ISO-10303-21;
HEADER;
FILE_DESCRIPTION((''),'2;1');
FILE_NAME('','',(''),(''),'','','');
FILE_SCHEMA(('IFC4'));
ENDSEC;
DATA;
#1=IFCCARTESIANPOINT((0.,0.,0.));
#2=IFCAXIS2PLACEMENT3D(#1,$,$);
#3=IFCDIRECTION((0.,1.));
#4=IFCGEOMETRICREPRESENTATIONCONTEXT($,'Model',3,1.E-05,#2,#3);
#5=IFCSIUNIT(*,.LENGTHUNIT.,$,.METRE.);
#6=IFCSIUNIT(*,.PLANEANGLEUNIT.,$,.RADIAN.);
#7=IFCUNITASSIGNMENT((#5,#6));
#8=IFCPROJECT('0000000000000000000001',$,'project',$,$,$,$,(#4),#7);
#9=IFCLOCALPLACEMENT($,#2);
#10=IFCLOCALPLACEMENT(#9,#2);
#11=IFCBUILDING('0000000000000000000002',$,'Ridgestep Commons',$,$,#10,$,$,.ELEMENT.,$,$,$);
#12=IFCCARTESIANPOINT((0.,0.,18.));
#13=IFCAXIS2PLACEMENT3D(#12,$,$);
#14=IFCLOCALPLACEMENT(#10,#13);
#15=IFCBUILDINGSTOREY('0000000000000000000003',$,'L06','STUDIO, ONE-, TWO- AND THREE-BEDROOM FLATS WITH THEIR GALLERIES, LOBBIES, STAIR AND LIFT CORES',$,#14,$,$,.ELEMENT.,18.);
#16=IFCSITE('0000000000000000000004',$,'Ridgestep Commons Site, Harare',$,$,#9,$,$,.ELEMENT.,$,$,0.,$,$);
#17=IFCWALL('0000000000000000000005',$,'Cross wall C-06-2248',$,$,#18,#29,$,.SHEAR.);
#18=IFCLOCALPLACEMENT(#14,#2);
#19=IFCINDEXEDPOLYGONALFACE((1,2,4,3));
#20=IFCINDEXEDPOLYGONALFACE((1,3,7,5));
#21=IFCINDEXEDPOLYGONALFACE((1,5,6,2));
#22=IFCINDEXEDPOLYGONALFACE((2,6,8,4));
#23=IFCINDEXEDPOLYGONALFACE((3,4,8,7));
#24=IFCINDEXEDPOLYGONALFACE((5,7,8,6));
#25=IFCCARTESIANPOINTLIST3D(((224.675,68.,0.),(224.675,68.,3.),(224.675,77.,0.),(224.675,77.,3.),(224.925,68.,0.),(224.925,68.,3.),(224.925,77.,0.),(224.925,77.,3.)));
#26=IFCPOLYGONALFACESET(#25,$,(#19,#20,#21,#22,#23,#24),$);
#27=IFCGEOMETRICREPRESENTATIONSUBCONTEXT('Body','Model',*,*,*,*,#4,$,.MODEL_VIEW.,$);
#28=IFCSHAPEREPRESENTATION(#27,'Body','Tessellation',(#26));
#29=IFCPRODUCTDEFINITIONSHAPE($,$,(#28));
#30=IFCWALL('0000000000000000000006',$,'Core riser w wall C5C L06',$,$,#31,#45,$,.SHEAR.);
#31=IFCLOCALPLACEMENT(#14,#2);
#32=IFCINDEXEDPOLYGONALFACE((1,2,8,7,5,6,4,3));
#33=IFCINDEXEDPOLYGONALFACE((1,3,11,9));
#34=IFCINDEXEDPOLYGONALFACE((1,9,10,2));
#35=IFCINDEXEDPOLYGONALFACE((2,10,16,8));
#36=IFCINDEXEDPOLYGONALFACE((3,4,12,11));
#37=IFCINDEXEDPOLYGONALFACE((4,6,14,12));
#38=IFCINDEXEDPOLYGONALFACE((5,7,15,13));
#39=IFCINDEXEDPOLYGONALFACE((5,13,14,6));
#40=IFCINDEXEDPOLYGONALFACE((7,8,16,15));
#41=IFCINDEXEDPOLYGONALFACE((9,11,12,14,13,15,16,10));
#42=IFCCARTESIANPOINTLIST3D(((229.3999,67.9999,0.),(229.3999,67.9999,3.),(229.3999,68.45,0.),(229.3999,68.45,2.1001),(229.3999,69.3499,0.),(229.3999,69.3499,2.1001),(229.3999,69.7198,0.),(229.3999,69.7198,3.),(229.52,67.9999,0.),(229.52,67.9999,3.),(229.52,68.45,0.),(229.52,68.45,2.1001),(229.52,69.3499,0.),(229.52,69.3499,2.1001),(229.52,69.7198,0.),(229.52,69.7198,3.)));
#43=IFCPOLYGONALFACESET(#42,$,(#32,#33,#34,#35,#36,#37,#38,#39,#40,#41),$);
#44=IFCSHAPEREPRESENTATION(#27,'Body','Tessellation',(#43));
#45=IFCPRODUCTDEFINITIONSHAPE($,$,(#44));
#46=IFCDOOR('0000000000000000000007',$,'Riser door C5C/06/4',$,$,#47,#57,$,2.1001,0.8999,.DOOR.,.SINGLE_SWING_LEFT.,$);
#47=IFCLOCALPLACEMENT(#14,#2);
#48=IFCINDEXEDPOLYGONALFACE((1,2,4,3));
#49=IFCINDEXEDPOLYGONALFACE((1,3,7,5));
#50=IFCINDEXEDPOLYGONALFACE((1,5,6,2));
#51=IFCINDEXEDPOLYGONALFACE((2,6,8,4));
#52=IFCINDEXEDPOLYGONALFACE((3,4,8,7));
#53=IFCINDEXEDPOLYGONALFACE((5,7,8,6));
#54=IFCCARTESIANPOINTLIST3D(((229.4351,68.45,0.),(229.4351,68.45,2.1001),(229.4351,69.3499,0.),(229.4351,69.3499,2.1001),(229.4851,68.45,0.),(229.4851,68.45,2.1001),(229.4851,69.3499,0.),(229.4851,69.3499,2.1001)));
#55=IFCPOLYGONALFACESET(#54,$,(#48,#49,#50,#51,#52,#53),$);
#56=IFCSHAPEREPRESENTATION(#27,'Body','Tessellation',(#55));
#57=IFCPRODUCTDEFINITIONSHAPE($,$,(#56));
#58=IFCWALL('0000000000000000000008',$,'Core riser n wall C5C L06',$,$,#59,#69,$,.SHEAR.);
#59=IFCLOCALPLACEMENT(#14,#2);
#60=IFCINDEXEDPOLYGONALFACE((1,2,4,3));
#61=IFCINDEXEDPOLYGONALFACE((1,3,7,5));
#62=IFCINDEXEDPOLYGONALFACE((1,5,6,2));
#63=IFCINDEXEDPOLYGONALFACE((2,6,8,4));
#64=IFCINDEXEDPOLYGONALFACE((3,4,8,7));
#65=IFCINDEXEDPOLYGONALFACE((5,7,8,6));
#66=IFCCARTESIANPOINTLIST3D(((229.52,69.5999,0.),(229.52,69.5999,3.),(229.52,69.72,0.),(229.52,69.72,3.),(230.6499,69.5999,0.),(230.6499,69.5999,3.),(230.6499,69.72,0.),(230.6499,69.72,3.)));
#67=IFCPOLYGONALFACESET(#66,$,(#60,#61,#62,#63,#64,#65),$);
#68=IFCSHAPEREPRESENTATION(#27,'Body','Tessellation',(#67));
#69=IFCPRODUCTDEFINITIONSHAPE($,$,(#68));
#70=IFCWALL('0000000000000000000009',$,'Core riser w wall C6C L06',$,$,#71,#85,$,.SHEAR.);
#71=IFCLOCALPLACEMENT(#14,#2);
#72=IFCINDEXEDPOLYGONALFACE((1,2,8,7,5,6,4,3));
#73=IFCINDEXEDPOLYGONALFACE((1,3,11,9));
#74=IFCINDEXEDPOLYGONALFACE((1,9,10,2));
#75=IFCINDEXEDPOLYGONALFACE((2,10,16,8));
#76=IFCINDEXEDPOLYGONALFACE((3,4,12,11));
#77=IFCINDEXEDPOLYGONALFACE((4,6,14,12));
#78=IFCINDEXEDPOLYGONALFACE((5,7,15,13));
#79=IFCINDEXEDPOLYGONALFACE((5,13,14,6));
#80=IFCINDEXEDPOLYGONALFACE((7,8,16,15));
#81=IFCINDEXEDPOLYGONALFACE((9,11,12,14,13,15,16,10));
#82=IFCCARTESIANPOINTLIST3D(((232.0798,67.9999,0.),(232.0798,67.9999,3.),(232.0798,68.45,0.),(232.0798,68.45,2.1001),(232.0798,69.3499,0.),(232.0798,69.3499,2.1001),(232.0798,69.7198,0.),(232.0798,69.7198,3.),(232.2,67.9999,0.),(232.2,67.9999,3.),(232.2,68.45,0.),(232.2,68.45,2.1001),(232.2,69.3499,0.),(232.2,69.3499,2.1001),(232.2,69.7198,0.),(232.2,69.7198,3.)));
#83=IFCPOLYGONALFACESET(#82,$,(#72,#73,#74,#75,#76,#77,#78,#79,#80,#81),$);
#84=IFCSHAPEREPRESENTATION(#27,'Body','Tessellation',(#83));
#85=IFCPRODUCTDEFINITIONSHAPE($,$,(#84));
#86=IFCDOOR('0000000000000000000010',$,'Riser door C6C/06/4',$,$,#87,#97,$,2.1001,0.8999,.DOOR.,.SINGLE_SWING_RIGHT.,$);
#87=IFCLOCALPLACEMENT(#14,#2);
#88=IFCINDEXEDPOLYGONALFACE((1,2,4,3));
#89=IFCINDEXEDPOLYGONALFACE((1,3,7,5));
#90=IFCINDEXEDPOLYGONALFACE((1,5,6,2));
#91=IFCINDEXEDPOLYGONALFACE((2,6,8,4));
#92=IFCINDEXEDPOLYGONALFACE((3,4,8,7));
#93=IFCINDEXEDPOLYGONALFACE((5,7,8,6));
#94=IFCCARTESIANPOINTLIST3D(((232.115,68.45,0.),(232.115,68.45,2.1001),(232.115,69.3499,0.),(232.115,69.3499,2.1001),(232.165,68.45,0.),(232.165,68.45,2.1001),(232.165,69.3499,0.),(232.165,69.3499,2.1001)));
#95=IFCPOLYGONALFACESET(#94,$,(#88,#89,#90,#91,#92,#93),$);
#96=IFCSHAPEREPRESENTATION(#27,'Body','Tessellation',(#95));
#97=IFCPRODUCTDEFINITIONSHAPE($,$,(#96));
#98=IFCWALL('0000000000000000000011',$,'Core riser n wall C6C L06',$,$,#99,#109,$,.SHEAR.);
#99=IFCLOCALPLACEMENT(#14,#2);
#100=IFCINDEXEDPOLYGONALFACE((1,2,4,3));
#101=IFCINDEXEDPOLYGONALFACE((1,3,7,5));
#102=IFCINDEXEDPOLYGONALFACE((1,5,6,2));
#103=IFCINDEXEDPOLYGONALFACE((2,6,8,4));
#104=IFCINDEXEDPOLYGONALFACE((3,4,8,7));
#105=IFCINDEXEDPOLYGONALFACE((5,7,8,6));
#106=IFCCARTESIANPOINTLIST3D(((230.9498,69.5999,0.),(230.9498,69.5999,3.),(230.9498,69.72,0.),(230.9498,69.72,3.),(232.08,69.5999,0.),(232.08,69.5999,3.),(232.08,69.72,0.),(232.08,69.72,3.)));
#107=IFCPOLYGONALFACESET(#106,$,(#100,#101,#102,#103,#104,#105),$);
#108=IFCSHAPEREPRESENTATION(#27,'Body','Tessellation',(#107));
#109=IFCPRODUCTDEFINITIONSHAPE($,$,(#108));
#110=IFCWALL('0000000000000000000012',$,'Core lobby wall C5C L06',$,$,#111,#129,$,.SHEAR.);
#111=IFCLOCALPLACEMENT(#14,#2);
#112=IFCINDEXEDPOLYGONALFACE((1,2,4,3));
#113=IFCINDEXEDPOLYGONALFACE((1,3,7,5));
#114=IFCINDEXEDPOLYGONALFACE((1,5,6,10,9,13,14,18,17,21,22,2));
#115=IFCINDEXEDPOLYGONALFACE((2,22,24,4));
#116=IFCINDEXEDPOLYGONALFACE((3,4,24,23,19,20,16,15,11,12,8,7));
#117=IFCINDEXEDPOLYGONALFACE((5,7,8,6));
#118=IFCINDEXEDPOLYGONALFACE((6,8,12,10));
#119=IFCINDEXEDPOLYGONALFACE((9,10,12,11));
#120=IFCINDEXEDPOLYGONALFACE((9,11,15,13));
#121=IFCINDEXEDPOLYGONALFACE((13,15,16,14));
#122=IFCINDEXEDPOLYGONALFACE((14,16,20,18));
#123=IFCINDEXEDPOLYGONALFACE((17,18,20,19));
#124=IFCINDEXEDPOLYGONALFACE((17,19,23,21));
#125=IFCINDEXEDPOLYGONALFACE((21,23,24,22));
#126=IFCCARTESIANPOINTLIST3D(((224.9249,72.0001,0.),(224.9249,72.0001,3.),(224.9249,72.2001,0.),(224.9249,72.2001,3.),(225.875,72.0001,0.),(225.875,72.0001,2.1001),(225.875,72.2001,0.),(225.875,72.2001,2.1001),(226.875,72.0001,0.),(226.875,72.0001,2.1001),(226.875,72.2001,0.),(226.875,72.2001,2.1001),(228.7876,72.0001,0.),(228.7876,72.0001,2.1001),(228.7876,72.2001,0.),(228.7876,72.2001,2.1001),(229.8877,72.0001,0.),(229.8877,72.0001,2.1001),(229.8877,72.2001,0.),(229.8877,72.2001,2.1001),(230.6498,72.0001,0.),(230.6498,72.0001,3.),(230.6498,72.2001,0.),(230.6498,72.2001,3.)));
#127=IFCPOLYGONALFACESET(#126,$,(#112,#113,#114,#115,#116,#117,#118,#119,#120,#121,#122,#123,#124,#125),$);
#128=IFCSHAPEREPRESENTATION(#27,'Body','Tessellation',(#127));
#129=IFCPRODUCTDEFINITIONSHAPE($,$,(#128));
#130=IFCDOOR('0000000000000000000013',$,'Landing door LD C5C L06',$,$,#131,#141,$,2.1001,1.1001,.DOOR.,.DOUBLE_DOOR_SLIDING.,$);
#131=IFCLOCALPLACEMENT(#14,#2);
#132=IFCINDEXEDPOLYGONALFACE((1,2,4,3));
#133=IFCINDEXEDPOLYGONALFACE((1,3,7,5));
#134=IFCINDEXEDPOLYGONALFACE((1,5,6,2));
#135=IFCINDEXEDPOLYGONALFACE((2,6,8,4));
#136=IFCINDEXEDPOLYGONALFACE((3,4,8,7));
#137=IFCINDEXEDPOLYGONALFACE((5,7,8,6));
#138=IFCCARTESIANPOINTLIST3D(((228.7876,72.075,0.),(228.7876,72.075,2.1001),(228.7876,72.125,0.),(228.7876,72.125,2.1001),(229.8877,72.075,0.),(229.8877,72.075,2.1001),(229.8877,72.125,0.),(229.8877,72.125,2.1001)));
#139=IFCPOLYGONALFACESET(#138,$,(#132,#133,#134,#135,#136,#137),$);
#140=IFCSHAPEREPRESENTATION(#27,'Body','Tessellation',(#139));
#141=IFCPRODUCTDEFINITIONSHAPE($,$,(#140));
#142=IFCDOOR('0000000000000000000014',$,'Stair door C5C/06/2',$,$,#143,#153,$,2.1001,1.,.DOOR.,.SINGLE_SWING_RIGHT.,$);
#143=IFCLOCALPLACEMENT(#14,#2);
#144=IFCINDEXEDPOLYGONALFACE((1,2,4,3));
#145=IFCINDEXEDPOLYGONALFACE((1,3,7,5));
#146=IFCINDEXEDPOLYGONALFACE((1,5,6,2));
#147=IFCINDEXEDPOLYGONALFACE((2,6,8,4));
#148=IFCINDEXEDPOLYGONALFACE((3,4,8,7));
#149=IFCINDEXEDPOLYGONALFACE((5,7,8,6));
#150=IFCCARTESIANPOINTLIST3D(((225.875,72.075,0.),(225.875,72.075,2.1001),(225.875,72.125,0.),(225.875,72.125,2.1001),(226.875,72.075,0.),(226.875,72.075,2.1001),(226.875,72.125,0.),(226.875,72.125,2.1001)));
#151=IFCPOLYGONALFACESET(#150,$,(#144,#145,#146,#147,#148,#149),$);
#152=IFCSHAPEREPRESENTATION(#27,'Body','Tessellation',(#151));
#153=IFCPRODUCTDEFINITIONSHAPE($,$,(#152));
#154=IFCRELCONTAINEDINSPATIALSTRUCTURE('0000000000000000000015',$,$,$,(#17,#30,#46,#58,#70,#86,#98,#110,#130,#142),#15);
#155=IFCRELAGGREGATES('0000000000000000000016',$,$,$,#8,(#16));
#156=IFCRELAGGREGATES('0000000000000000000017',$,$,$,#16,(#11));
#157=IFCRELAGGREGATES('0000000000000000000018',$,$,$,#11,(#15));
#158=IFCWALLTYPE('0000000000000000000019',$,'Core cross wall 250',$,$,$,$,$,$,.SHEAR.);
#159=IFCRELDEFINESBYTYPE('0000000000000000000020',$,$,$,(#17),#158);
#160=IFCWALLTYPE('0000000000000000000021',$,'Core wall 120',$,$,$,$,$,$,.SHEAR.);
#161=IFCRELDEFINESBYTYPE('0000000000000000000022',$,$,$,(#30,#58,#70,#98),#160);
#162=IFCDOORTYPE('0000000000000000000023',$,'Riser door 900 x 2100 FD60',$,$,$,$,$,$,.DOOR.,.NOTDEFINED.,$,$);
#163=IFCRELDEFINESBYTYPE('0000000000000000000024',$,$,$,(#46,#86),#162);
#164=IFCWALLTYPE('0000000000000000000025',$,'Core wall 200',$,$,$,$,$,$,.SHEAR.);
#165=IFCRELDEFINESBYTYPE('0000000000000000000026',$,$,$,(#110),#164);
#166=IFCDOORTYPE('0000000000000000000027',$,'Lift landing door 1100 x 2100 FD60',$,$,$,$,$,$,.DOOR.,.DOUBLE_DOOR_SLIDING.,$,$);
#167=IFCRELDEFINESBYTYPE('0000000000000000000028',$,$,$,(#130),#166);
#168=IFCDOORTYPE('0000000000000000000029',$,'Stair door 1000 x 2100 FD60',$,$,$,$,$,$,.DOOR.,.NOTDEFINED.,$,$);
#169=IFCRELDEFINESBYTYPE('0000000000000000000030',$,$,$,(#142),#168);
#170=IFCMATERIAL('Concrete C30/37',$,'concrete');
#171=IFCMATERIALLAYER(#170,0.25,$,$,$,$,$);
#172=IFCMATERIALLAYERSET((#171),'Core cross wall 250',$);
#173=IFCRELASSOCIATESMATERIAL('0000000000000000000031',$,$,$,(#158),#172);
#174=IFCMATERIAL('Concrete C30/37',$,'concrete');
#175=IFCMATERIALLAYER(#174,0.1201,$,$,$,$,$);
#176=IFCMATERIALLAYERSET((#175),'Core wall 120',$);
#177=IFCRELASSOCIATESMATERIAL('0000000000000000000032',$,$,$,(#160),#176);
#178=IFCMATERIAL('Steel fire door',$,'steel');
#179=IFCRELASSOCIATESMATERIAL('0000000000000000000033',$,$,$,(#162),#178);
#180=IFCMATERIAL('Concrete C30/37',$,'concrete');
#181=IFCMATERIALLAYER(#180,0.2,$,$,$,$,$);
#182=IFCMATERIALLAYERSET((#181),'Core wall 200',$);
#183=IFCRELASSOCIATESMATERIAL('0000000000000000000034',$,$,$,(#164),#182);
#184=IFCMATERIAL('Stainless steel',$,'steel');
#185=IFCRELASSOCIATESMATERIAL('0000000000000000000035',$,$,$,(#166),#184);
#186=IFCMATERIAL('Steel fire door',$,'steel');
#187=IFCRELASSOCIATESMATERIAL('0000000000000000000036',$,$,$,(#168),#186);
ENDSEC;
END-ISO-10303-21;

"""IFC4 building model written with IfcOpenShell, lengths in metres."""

from ifc_helpers import new_model, si_unit, direction, frame, frame_2d, origin, place, context, subcontext, project, spatial, rectangle, extrude, material, layer, layer_set, type_object, element, fill, save


model = new_model("IFC4")

# Units and contexts
model_context = context("Model", 3, precision=1e-05, world=origin(), true_north=direction((0.0, 1.0)))
body_context = subcontext(model_context, "Body", "Model", "MODEL_VIEW")
ifc_project = project(units=[si_unit("LENGTHUNIT", "METRE"), si_unit("PLANEANGLEUNIT", "RADIAN")], contexts=[model_context])

# Site, building, storey
site_placement = place(None, origin())
site = spatial("IfcSite", under=ifc_project, at=site_placement, Name="Ridgestep Commons Site, Harare", CompositionType="ELEMENT", RefElevation=0.0)
building_placement = place(site_placement, origin())
building = spatial("IfcBuilding", under=site, at=building_placement, Name="Ridgestep Commons", CompositionType="ELEMENT")
storey_placement = place(building_placement, frame((0.0, 0.0, 18.0)))
storey = spatial("IfcBuildingStorey", under=building, at=storey_placement, Name="L06", Description="STUDIO, ONE-, TWO- AND THREE-BEDROOM FLATS WITH THEIR GALLERIES, LOBBIES, STAIR AND LIFT CORES", CompositionType="ELEMENT", Elevation=18.0)

# Wall
ifc_material_1 = material(Name="Concrete C30/37", Category="concrete")
ifc_layer_1 = layer(ifc_material_1, 0.25)
ifc_layer_set_1 = layer_set([ifc_layer_1], Name="Core cross wall 250")
wall_type_1 = type_object("IfcWallType", Name="Core cross wall 250", PredefinedType="SHEAR", material=ifc_layer_set_1)
wall_1_placement = place(storey_placement, frame((224.8, 68.0, 0.0), z_axis=(0.0, 0.0, 1.0), x_axis=(0.0, 1.0, 0.0)))
element("IfcWall", 1, at=wall_1_placement, inside=storey, type_object=wall_type_1, Name="Cross wall C-06-2248", PredefinedType="SHEAR", context=body_context, shape_type="SweptSolid", body=[
    extrude(rectangle(XDim=9.0, YDim=0.25, at=frame_2d((4.5, 0.0))), origin(), (0.0, 0.0, 1.0), 3.0),
])

# Wall, opening, door
ifc_material_2 = material(Name="Concrete C30/37", Category="concrete")
ifc_layer_2 = layer(ifc_material_2, 0.1201)
ifc_layer_set_2 = layer_set([ifc_layer_2], Name="Core wall 120")
wall_type_2 = type_object("IfcWallType", Name="Core wall 120", PredefinedType="SHEAR", material=ifc_layer_set_2)
wall_2_placement = place(storey_placement, frame((229.46, 68.0, 0.0), z_axis=(0.0, 0.0, 1.0), x_axis=(0.0, 1.0, 0.0)))
wall_2 = element("IfcWall", 2, at=wall_2_placement, inside=storey, type_object=wall_type_2, Name="Core riser w wall C5C L06", PredefinedType="SHEAR", context=body_context, shape_type="SweptSolid", body=[
    extrude(rectangle(XDim=1.72, YDim=0.1201, at=frame_2d((0.8599, 0.0))), origin(), (0.0, 0.0, 1.0), 3.0),
])
opening_1_placement = place(wall_2_placement, frame((0.45, 0.0, 0.0)))
opening_1 = element("IfcOpeningElement", 3, at=opening_1_placement, cuts=wall_2, PredefinedType="OPENING", context=body_context, shape_type="SweptSolid", body=[
    extrude(rectangle(XDim=0.8999, YDim=2.1001, at=frame_2d((0.45, 1.05))), frame((0.0, 0.0701, 0.0), z_axis=(0.0, -1.0, 0.0), x_axis=(1.0, 0.0, 0.0)), (0.0, 0.0, 1.0), 0.1401),
])
ifc_material_3 = material(Name="Steel fire door", Category="steel")
door_type_1 = type_object("IfcDoorType", Name="Riser door 900 x 2100 FD60", OperationType="NOTDEFINED", PredefinedType="DOOR", material=ifc_material_3)
door_1_placement = place(opening_1_placement, origin())
door_1 = element("IfcDoor", 4, at=door_1_placement, inside=storey, type_object=door_type_1, Name="Riser door C5C/06/4", OperationType="SINGLE_SWING_LEFT", OverallHeight=2.1001, OverallWidth=0.8999, PredefinedType="DOOR", context=body_context, shape_type="SweptSolid", body=[
    extrude(rectangle(XDim=0.8999, YDim=2.1001, at=frame_2d((0.45, 1.05))), frame((0.0, 0.0249, 0.0), z_axis=(0.0, -1.0, 0.0), x_axis=(1.0, 0.0, 0.0)), (0.0, 0.0, 1.0), 0.05),
])
fill(opening_1, door_1)

# Wall
wall_3_placement = place(storey_placement, frame((229.52, 69.6599, 0.0), z_axis=(0.0, 0.0, 1.0), x_axis=(1.0, 0.0, 0.0)))
element("IfcWall", 5, at=wall_3_placement, inside=storey, type_object=wall_type_2, Name="Core riser n wall C5C L06", PredefinedType="SHEAR", context=body_context, shape_type="SweptSolid", body=[
    extrude(rectangle(XDim=1.1299, YDim=0.1201, at=frame_2d((0.5649, 0.0))), origin(), (0.0, 0.0, 1.0), 3.0),
])

# Wall, opening, door
wall_4_placement = place(storey_placement, frame((232.1399, 68.0, 0.0), z_axis=(0.0, 0.0, 1.0), x_axis=(0.0, 1.0, 0.0)))
wall_4 = element("IfcWall", 6, at=wall_4_placement, inside=storey, type_object=wall_type_2, Name="Core riser w wall C6C L06", PredefinedType="SHEAR", context=body_context, shape_type="SweptSolid", body=[
    extrude(rectangle(XDim=1.72, YDim=0.1201, at=frame_2d((0.8599, 0.0))), origin(), (0.0, 0.0, 1.0), 3.0),
])
opening_2_placement = place(wall_4_placement, frame((0.45, 0.0, 0.0)))
opening_2 = element("IfcOpeningElement", 7, at=opening_2_placement, cuts=wall_4, PredefinedType="OPENING", context=body_context, shape_type="SweptSolid", body=[
    extrude(rectangle(XDim=0.8999, YDim=2.1001, at=frame_2d((0.45, 1.05))), frame((0.0, 0.0701, 0.0), z_axis=(0.0, -1.0, 0.0), x_axis=(1.0, 0.0, 0.0)), (0.0, 0.0, 1.0), 0.1401),
])
door_2_placement = place(opening_2_placement, origin())
door_2 = element("IfcDoor", 8, at=door_2_placement, inside=storey, type_object=door_type_1, Name="Riser door C6C/06/4", OperationType="SINGLE_SWING_RIGHT", OverallHeight=2.1001, OverallWidth=0.8999, PredefinedType="DOOR", context=body_context, shape_type="SweptSolid", body=[
    extrude(rectangle(XDim=0.8999, YDim=2.1001, at=frame_2d((0.45, 1.05))), frame((0.0, 0.0249, 0.0), z_axis=(0.0, -1.0, 0.0), x_axis=(1.0, 0.0, 0.0)), (0.0, 0.0, 1.0), 0.05),
])
fill(opening_2, door_2)

# Wall
wall_5_placement = place(storey_placement, frame((230.95, 69.6599, 0.0), z_axis=(0.0, 0.0, 1.0), x_axis=(1.0, 0.0, 0.0)))
element("IfcWall", 9, at=wall_5_placement, inside=storey, type_object=wall_type_2, Name="Core riser n wall C6C L06", PredefinedType="SHEAR", context=body_context, shape_type="SweptSolid", body=[
    extrude(rectangle(XDim=1.1301, YDim=0.1201, at=frame_2d((0.5649, 0.0))), origin(), (0.0, 0.0, 1.0), 3.0),
])

# Wall, openings, doors
ifc_material_4 = material(Name="Concrete C30/37", Category="concrete")
ifc_layer_3 = layer(ifc_material_4, 0.2)
ifc_layer_set_3 = layer_set([ifc_layer_3], Name="Core wall 200")
wall_type_3 = type_object("IfcWallType", Name="Core wall 200", PredefinedType="SHEAR", material=ifc_layer_set_3)
wall_6_placement = place(storey_placement, frame((224.925, 72.1001, 0.0), z_axis=(0.0, 0.0, 1.0), x_axis=(1.0, 0.0, 0.0)))
wall_6 = element("IfcWall", 10, at=wall_6_placement, inside=storey, type_object=wall_type_3, Name="Core lobby wall C5C L06", PredefinedType="SHEAR", context=body_context, shape_type="SweptSolid", body=[
    extrude(rectangle(XDim=5.7249, YDim=0.2, at=frame_2d((2.8623, 0.0))), origin(), (0.0, 0.0, 1.0), 3.0),
])
opening_3_placement = place(wall_6_placement, frame((0.95, 0.0, 0.0)))
opening_3 = element("IfcOpeningElement", 11, at=opening_3_placement, cuts=wall_6, PredefinedType="OPENING", context=body_context, shape_type="SweptSolid", body=[
    extrude(rectangle(XDim=1.0, YDim=2.1001, at=frame_2d((0.5, 1.05))), frame((0.0, 0.1099, 0.0), z_axis=(0.0, -1.0, 0.0), x_axis=(1.0, 0.0, 0.0)), (0.0, 0.0, 1.0), 0.22),
])
opening_4_placement = place(wall_6_placement, frame((3.8625, 0.0, 0.0)))
opening_4 = element("IfcOpeningElement", 12, at=opening_4_placement, cuts=wall_6, PredefinedType="OPENING", context=body_context, shape_type="SweptSolid", body=[
    extrude(rectangle(XDim=1.1001, YDim=2.1001, at=frame_2d((0.55, 1.05))), frame((0.0, 0.1099, 0.0), z_axis=(0.0, -1.0, 0.0), x_axis=(1.0, 0.0, 0.0)), (0.0, 0.0, 1.0), 0.22),
])
ifc_material_5 = material(Name="Stainless steel", Category="steel")
door_type_2 = type_object("IfcDoorType", Name="Lift landing door 1100 x 2100 FD60", OperationType="DOUBLE_DOOR_SLIDING", PredefinedType="DOOR", material=ifc_material_5)
door_3_placement = place(opening_4_placement, origin())
door_3 = element("IfcDoor", 13, at=door_3_placement, inside=storey, type_object=door_type_2, Name="Landing door LD C5C L06", OperationType="DOUBLE_DOOR_SLIDING", OverallHeight=2.1001, OverallWidth=1.1001, PredefinedType="DOOR", context=body_context, shape_type="SweptSolid", body=[
    extrude(rectangle(XDim=1.1001, YDim=2.1001, at=frame_2d((0.55, 1.05))), frame((0.0, 0.0249, 0.0), z_axis=(0.0, -1.0, 0.0), x_axis=(1.0, 0.0, 0.0)), (0.0, 0.0, 1.0), 0.05),
])
fill(opening_4, door_3)
ifc_material_6 = material(Name="Steel fire door", Category="steel")
door_type_3 = type_object("IfcDoorType", Name="Stair door 1000 x 2100 FD60", OperationType="NOTDEFINED", PredefinedType="DOOR", material=ifc_material_6)
door_4_placement = place(opening_3_placement, origin())
door_4 = element("IfcDoor", 14, at=door_4_placement, inside=storey, type_object=door_type_3, Name="Stair door C5C/06/2", OperationType="SINGLE_SWING_RIGHT", OverallHeight=2.1001, OverallWidth=1.0, PredefinedType="DOOR", context=body_context, shape_type="SweptSolid", body=[
    extrude(rectangle(XDim=1.0, YDim=2.1001, at=frame_2d((0.5, 1.05))), frame((0.0, 0.0249, 0.0), z_axis=(0.0, -1.0, 0.0), x_axis=(1.0, 0.0, 0.0)), (0.0, 0.0, 1.0), 0.05),
])
fill(opening_3, door_4)

save(model, "model.ifc")
